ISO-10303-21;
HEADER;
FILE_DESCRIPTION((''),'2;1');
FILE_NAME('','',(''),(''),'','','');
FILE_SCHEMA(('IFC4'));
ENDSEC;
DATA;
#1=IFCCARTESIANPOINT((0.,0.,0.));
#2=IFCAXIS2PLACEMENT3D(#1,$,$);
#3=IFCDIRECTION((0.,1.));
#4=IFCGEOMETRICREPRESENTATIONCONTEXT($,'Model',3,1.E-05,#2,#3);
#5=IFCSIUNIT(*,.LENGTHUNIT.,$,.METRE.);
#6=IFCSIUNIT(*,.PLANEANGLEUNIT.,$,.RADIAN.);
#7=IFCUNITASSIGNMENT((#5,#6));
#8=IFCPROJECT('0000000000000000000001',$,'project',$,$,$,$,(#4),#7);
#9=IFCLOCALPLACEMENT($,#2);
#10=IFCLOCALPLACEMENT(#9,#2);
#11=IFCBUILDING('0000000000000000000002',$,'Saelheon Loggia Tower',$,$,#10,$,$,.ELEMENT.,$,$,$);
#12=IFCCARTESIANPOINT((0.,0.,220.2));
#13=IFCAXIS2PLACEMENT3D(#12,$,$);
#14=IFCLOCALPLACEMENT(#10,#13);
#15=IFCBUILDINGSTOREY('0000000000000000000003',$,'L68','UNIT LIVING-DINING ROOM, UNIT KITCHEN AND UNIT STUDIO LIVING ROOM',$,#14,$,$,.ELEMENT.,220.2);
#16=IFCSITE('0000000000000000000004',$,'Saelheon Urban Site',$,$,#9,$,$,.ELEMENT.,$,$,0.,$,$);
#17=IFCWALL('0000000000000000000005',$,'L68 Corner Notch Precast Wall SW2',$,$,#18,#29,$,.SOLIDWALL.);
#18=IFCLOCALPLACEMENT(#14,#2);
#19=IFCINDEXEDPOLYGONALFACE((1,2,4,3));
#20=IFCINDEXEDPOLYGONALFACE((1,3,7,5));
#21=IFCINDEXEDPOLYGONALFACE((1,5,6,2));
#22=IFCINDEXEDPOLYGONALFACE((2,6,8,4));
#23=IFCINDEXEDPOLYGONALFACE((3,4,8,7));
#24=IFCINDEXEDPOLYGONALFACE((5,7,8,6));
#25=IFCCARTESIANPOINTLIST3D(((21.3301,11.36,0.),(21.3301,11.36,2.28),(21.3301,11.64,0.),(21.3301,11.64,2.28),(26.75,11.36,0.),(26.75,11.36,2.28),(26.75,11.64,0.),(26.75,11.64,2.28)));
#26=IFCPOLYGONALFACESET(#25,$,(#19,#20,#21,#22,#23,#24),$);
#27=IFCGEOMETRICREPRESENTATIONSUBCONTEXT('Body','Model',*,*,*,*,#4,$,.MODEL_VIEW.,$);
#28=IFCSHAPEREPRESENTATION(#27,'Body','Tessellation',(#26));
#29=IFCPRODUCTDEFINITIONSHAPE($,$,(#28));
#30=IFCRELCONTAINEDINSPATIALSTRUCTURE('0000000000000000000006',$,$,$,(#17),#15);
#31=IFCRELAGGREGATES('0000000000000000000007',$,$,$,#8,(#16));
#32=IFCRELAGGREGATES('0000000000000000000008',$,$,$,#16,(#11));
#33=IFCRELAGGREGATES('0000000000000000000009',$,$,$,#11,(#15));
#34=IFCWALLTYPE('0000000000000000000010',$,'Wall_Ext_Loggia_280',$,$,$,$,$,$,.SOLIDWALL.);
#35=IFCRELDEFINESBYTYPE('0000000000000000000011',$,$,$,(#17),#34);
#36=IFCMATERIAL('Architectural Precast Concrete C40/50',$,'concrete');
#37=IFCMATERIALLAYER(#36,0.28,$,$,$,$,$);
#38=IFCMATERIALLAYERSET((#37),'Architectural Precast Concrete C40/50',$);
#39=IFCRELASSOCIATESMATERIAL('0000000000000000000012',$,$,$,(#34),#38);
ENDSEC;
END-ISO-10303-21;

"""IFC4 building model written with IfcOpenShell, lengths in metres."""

from ifc_helpers import new_model, si_unit, direction, frame, frame_2d, origin, place, context, subcontext, project, spatial, rectangle, extrude, material, layer, layer_set, type_object, element, save


model = new_model("IFC4")

# Units and contexts
model_context = context("Model", 3, precision=1e-05, world=origin(), true_north=direction((0.0, 1.0)))
body_context = subcontext(model_context, "Body", "Model", "MODEL_VIEW")
ifc_project = project(units=[si_unit("LENGTHUNIT", "METRE"), si_unit("PLANEANGLEUNIT", "RADIAN")], contexts=[model_context])

# Site, building, storey
site_placement = place(None, origin())
site = spatial("IfcSite", under=ifc_project, at=site_placement, Name="Saelheon Urban Site", CompositionType="ELEMENT", RefElevation=0.0)
building_placement = place(site_placement, origin())
building = spatial("IfcBuilding", under=site, at=building_placement, Name="Saelheon Loggia Tower", CompositionType="ELEMENT")
storey_placement = place(building_placement, frame((0.0, 0.0, 220.2)))
storey = spatial("IfcBuildingStorey", under=building, at=storey_placement, Name="L68", Description="UNIT LIVING-DINING ROOM, UNIT KITCHEN AND UNIT STUDIO LIVING ROOM", CompositionType="ELEMENT", Elevation=220.2)

# Shared definitions
ifc_material_1 = material(Name="Architectural Precast Concrete C40/50", Category="concrete")
ifc_layer = layer(ifc_material_1, 0.28)
ifc_layer_set = layer_set([ifc_layer], Name="Architectural Precast Concrete C40/50")
wall_type = type_object("IfcWallType", Name="Wall_Ext_Loggia_280", PredefinedType="SOLIDWALL", material=ifc_layer_set)

# Wall
for number, where, z_axis, x_axis, name in (
    (1, (21.3301, 11.5, 0.0), (0.0, 0.0, 1.0), (1.0, 0.0, 0.0), "L68 Corner Notch Precast Wall SW2"),
):
    element("IfcWall", number, at=place(storey_placement, frame(where, z_axis=z_axis, x_axis=x_axis)), inside=storey, type_object=wall_type, Name=name, PredefinedType="SOLIDWALL", context=body_context, shape_type="SweptSolid", body=[
        extrude(rectangle(XDim=5.4199, YDim=0.28, at=frame_2d((2.71, 0.0))), origin(), (0.0, 0.0, 1.0), 2.28),
    ])

save(model, "model.ifc")
